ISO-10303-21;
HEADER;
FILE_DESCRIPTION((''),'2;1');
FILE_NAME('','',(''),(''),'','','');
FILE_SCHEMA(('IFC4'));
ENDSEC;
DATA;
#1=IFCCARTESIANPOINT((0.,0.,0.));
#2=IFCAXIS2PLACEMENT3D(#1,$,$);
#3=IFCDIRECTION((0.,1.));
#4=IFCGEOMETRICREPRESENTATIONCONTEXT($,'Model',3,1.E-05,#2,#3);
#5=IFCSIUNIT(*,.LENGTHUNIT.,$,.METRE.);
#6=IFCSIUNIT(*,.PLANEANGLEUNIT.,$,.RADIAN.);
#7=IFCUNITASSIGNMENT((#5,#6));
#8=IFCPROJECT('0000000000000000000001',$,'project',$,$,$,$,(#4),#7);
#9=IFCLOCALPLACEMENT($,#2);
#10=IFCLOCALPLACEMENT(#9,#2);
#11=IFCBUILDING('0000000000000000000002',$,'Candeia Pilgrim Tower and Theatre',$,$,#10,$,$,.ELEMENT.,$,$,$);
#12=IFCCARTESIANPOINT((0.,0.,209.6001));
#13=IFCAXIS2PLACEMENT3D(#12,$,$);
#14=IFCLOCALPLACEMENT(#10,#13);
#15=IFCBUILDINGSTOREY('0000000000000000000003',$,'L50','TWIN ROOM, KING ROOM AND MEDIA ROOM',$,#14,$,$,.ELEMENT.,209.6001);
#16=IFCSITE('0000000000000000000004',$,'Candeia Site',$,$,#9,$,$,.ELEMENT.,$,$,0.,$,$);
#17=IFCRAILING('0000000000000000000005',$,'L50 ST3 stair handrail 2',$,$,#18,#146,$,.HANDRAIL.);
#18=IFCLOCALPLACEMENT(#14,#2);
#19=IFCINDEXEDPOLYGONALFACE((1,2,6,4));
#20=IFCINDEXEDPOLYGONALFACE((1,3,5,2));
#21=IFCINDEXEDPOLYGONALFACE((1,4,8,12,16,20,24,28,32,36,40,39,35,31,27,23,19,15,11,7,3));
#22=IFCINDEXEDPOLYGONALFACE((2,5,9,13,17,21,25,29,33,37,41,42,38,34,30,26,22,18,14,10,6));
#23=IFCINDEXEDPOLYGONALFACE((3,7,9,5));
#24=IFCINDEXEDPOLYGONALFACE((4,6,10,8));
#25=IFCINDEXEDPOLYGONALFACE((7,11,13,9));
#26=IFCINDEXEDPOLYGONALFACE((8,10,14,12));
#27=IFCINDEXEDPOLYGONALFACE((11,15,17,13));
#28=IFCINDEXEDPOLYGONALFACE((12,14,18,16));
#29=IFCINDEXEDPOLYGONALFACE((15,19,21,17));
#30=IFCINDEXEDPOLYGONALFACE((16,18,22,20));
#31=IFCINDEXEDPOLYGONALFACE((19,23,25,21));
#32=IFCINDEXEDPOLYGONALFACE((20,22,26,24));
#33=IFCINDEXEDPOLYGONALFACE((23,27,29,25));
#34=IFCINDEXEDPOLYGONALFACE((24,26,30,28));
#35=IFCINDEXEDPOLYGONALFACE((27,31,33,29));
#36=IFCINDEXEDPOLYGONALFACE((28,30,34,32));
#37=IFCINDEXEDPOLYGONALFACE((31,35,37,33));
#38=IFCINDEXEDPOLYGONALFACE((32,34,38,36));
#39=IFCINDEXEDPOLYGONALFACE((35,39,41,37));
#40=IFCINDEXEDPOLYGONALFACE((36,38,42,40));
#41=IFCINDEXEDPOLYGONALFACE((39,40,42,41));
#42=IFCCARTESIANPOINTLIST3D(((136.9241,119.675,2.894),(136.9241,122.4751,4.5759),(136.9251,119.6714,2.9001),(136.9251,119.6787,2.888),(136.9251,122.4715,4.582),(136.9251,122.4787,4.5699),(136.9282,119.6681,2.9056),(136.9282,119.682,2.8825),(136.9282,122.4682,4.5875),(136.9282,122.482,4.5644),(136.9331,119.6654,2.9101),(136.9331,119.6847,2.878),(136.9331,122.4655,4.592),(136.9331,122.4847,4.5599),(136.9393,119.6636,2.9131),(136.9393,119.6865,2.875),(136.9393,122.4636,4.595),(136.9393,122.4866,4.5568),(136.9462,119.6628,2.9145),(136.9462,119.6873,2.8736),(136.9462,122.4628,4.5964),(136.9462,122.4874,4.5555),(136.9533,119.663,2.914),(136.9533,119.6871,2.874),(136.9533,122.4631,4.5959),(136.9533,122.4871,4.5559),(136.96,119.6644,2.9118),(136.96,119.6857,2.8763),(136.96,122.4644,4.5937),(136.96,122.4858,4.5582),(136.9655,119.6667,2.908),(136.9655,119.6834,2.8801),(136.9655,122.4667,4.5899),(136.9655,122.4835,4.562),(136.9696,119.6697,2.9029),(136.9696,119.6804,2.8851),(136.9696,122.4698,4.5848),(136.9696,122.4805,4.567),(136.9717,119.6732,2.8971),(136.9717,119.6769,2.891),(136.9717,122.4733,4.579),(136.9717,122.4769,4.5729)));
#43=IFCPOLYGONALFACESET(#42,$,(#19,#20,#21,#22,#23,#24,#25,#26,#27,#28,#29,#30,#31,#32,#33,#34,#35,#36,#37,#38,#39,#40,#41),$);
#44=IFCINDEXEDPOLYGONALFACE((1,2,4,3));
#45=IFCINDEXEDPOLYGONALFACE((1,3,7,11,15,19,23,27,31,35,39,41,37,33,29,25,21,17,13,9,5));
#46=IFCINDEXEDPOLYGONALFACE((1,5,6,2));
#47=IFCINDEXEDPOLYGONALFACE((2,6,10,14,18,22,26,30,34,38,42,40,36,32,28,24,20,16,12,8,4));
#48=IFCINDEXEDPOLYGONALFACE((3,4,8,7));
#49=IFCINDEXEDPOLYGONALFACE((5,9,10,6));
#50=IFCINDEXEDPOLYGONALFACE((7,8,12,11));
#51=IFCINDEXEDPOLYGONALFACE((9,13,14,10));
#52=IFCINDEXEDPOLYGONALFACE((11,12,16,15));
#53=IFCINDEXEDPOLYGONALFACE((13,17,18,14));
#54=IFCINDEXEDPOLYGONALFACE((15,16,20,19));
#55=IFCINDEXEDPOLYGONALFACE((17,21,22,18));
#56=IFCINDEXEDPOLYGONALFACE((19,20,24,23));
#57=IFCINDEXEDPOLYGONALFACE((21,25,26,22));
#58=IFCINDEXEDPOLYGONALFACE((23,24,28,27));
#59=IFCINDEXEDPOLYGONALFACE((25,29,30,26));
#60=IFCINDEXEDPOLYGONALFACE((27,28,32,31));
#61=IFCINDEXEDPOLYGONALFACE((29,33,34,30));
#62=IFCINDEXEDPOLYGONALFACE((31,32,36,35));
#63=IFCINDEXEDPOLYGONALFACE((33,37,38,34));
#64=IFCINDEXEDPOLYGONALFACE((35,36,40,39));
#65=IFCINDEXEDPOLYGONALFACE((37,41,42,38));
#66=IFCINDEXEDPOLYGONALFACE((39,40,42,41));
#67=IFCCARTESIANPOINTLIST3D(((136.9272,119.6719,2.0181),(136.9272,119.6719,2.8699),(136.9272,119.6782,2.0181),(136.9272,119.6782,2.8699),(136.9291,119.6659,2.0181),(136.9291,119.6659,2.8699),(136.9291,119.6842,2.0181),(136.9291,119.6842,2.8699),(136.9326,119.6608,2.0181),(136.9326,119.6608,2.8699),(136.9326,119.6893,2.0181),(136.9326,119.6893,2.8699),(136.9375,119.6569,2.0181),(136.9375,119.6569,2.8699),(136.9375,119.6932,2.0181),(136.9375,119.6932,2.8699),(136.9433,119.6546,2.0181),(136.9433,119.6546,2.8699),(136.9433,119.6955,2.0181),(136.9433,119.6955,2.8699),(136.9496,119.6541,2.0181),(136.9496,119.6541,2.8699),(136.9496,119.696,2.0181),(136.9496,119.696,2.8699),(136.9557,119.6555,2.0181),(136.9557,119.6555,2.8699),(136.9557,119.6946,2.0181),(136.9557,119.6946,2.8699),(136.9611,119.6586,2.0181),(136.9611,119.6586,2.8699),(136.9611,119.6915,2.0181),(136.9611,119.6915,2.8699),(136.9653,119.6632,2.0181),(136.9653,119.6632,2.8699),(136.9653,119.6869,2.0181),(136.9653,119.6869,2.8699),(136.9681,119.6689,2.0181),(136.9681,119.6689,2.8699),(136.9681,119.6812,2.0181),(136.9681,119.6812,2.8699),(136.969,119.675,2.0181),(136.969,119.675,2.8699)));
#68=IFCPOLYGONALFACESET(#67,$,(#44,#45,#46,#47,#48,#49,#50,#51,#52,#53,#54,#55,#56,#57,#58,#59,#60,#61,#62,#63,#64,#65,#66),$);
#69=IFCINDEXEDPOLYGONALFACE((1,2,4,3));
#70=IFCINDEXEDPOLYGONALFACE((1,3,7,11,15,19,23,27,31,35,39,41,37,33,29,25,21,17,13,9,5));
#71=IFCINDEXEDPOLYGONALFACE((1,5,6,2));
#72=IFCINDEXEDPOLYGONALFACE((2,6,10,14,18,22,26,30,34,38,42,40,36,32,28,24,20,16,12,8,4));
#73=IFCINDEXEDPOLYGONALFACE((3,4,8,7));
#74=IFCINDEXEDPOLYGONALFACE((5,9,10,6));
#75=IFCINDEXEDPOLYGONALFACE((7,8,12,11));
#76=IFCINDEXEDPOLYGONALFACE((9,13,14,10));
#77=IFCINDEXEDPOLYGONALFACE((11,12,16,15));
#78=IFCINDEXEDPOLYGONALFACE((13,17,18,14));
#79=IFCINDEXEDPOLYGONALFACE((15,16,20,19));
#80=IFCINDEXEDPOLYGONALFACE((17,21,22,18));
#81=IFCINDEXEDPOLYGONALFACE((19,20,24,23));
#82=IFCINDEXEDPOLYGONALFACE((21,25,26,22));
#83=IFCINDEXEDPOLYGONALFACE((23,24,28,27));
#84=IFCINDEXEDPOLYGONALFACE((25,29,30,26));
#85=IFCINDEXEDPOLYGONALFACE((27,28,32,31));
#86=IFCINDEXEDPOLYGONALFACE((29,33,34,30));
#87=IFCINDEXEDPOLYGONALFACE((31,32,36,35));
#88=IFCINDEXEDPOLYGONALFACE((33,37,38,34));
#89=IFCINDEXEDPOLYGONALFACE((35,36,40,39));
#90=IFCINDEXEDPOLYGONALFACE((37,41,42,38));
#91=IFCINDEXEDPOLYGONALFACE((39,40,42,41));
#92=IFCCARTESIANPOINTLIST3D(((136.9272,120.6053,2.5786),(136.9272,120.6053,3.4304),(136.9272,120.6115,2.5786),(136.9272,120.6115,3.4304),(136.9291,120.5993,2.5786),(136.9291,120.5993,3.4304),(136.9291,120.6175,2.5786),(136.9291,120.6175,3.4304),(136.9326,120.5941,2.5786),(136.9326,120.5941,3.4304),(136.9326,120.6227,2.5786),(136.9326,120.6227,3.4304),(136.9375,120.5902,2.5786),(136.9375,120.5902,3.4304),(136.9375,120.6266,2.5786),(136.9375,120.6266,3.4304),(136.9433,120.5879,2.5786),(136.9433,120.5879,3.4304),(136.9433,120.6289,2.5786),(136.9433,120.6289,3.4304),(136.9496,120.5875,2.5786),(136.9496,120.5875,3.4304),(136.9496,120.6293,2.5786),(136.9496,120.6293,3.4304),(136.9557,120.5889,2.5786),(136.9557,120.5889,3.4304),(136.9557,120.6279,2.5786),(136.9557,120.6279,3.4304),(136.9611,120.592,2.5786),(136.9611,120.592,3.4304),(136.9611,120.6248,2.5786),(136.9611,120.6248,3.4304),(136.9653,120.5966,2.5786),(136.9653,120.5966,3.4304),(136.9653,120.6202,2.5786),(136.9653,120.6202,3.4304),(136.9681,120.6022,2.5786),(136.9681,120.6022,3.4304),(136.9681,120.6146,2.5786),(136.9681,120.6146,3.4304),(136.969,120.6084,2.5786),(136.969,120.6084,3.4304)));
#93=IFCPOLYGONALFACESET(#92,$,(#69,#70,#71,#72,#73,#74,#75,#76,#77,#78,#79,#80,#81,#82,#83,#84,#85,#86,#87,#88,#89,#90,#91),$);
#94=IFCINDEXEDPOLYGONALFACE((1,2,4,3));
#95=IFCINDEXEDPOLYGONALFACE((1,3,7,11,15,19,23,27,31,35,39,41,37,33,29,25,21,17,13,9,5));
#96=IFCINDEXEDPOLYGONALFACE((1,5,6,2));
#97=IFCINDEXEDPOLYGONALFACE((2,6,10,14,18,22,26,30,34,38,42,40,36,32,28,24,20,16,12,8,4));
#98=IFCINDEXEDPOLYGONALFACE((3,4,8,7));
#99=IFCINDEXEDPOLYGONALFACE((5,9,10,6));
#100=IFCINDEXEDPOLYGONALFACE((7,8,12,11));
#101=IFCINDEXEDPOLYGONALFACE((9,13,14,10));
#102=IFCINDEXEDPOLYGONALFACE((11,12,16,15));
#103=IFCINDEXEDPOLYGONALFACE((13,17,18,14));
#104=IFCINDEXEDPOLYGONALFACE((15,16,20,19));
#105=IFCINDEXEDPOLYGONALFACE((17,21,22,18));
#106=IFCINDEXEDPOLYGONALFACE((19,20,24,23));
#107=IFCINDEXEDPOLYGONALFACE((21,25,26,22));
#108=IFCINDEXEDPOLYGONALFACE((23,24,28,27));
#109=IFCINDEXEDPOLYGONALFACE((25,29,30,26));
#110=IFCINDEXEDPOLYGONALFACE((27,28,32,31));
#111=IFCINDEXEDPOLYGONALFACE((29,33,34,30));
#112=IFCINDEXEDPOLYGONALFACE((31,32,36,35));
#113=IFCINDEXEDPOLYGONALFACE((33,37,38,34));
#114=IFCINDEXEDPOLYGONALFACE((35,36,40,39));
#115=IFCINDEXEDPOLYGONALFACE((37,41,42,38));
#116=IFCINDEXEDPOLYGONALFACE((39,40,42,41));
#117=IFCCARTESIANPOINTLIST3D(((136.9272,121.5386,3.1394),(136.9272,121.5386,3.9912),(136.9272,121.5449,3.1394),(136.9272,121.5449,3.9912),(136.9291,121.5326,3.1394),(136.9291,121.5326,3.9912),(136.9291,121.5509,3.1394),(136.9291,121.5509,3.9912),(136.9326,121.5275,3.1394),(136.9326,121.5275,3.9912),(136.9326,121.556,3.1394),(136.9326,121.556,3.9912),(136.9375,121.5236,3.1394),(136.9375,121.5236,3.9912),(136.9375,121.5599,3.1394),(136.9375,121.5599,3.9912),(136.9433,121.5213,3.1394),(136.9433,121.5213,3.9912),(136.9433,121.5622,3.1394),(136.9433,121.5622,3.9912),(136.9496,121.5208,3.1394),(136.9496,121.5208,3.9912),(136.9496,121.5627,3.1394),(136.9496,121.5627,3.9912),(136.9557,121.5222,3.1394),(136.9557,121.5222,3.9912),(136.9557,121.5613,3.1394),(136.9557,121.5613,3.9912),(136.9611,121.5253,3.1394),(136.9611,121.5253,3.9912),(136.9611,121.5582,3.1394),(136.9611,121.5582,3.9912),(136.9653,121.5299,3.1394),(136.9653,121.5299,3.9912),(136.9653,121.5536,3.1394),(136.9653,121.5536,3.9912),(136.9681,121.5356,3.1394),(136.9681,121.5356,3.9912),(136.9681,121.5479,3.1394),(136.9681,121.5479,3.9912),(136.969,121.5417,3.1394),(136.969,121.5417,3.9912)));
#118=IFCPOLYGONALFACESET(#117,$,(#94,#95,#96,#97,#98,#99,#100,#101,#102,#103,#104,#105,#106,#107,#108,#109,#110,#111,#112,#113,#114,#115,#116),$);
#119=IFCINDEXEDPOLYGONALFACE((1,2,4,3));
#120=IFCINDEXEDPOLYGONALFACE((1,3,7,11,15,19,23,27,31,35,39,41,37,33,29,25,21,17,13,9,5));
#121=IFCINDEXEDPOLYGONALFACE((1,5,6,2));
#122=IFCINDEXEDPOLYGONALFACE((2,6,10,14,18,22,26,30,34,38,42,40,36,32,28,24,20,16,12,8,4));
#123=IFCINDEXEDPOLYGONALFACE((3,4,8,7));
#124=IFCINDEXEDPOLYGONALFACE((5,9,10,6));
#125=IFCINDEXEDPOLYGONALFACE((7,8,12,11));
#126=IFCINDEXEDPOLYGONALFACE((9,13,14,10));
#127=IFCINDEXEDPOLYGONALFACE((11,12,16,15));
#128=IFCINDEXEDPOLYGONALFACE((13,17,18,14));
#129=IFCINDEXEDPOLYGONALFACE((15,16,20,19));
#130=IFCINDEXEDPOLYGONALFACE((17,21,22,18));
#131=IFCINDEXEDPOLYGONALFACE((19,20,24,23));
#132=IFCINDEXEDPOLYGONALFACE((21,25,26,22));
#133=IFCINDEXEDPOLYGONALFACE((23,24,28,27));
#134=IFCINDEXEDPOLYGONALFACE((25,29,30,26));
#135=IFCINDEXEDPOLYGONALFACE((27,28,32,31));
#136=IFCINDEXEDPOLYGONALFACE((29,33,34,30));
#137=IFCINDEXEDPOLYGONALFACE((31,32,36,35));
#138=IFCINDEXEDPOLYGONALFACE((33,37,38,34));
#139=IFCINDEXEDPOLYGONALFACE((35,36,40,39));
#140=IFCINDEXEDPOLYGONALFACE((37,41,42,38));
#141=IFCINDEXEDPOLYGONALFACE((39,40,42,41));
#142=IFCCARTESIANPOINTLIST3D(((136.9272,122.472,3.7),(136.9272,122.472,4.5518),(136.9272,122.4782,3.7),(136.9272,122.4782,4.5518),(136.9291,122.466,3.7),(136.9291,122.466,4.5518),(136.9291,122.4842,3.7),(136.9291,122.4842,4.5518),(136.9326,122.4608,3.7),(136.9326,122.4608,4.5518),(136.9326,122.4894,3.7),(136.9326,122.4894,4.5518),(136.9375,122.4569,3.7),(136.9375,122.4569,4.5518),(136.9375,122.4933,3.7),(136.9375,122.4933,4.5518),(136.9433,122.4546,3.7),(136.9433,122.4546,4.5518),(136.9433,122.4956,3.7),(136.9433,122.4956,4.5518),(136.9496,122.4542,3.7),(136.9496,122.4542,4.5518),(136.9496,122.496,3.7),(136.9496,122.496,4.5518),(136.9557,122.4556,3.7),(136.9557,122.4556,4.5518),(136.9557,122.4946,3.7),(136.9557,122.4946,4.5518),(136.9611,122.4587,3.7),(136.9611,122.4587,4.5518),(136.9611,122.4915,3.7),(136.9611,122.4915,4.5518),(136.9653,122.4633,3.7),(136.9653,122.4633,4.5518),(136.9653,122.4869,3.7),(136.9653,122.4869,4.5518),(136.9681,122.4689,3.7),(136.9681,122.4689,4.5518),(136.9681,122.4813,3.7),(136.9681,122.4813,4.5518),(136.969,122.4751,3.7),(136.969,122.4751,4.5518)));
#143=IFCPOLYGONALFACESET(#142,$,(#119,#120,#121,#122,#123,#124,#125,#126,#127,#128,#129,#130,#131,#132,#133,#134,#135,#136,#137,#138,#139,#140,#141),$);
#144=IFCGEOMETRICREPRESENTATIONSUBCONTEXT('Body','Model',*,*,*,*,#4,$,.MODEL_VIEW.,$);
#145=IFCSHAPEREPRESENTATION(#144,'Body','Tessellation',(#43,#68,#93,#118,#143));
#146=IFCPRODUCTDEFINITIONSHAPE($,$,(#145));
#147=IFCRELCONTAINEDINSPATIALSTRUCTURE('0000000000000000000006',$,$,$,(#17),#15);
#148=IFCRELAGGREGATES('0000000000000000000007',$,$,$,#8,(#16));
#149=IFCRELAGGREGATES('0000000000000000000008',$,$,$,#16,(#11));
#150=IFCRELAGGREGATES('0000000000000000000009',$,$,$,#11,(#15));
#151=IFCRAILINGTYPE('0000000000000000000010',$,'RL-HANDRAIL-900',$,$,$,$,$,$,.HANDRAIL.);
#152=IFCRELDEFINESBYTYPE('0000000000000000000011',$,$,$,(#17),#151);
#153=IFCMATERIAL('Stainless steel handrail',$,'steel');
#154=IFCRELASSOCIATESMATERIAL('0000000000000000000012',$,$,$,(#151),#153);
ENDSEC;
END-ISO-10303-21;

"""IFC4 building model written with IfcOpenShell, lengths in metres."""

from ifc_helpers import new_model, si_unit, direction, frame, origin, origin_2d, place, context, subcontext, project, spatial, circle, extrude, material, type_object, element, save


model = new_model("IFC4")

# Units and contexts
model_context = context("Model", 3, precision=1e-05, world=origin(), true_north=direction((0.0, 1.0)))
body_context = subcontext(model_context, "Body", "Model", "MODEL_VIEW")
ifc_project = project(units=[si_unit("LENGTHUNIT", "METRE"), si_unit("PLANEANGLEUNIT", "RADIAN")], contexts=[model_context])

# Site, building, storey
site_placement = place(None, origin())
site = spatial("IfcSite", under=ifc_project, at=site_placement, Name="Candeia Site", CompositionType="ELEMENT", RefElevation=0.0)
building_placement = place(site_placement, origin())
building = spatial("IfcBuilding", under=site, at=building_placement, Name="Candeia Pilgrim Tower and Theatre", CompositionType="ELEMENT")
storey_placement = place(building_placement, frame((0.0, 0.0, 209.6001)))
storey = spatial("IfcBuildingStorey", under=building, at=storey_placement, Name="L50", Description="TWIN ROOM, KING ROOM AND MEDIA ROOM", CompositionType="ELEMENT", Elevation=209.6001)

# Railing
ifc_material_1 = material(Name="Stainless steel handrail", Category="steel")
railing_type_1 = type_object("IfcRailingType", Name="RL-HANDRAIL-900", PredefinedType="HANDRAIL", material=ifc_material_1)
railing_1_placement = place(storey_placement, frame((136.948, 119.675, 2.0181)))
element("IfcRailing", 1, at=railing_1_placement, inside=storey, type_object=railing_type_1, Name="L50 ST3 stair handrail 2", PredefinedType="HANDRAIL", context=body_context, shape_type="SweptSolid", body=[
    extrude(circle(Radius=0.0239, at=origin_2d()), frame((0.0, 0.0, 0.876), z_axis=(0.0, 0.857242, 0.514913), x_axis=(-1.0, 0.0, 0.0)), (0.0, 0.0, 1.0), 3.2664),
    extrude(circle(Radius=0.021, at=origin_2d()), origin(), (0.0, 0.0, 1.0), 0.8518),
    extrude(circle(Radius=0.021, at=origin_2d()), frame((0.0, 0.9333, 0.5605)), (0.0, 0.0, 1.0), 0.8518),
    extrude(circle(Radius=0.021, at=origin_2d()), frame((0.0, 1.8667, 1.1213)), (0.0, 0.0, 1.0), 0.8518),
    extrude(circle(Radius=0.021, at=origin_2d()), frame((0.0, 2.8, 1.6819)), (0.0, 0.0, 1.0), 0.8518),
])

save(model, "model.ifc")
